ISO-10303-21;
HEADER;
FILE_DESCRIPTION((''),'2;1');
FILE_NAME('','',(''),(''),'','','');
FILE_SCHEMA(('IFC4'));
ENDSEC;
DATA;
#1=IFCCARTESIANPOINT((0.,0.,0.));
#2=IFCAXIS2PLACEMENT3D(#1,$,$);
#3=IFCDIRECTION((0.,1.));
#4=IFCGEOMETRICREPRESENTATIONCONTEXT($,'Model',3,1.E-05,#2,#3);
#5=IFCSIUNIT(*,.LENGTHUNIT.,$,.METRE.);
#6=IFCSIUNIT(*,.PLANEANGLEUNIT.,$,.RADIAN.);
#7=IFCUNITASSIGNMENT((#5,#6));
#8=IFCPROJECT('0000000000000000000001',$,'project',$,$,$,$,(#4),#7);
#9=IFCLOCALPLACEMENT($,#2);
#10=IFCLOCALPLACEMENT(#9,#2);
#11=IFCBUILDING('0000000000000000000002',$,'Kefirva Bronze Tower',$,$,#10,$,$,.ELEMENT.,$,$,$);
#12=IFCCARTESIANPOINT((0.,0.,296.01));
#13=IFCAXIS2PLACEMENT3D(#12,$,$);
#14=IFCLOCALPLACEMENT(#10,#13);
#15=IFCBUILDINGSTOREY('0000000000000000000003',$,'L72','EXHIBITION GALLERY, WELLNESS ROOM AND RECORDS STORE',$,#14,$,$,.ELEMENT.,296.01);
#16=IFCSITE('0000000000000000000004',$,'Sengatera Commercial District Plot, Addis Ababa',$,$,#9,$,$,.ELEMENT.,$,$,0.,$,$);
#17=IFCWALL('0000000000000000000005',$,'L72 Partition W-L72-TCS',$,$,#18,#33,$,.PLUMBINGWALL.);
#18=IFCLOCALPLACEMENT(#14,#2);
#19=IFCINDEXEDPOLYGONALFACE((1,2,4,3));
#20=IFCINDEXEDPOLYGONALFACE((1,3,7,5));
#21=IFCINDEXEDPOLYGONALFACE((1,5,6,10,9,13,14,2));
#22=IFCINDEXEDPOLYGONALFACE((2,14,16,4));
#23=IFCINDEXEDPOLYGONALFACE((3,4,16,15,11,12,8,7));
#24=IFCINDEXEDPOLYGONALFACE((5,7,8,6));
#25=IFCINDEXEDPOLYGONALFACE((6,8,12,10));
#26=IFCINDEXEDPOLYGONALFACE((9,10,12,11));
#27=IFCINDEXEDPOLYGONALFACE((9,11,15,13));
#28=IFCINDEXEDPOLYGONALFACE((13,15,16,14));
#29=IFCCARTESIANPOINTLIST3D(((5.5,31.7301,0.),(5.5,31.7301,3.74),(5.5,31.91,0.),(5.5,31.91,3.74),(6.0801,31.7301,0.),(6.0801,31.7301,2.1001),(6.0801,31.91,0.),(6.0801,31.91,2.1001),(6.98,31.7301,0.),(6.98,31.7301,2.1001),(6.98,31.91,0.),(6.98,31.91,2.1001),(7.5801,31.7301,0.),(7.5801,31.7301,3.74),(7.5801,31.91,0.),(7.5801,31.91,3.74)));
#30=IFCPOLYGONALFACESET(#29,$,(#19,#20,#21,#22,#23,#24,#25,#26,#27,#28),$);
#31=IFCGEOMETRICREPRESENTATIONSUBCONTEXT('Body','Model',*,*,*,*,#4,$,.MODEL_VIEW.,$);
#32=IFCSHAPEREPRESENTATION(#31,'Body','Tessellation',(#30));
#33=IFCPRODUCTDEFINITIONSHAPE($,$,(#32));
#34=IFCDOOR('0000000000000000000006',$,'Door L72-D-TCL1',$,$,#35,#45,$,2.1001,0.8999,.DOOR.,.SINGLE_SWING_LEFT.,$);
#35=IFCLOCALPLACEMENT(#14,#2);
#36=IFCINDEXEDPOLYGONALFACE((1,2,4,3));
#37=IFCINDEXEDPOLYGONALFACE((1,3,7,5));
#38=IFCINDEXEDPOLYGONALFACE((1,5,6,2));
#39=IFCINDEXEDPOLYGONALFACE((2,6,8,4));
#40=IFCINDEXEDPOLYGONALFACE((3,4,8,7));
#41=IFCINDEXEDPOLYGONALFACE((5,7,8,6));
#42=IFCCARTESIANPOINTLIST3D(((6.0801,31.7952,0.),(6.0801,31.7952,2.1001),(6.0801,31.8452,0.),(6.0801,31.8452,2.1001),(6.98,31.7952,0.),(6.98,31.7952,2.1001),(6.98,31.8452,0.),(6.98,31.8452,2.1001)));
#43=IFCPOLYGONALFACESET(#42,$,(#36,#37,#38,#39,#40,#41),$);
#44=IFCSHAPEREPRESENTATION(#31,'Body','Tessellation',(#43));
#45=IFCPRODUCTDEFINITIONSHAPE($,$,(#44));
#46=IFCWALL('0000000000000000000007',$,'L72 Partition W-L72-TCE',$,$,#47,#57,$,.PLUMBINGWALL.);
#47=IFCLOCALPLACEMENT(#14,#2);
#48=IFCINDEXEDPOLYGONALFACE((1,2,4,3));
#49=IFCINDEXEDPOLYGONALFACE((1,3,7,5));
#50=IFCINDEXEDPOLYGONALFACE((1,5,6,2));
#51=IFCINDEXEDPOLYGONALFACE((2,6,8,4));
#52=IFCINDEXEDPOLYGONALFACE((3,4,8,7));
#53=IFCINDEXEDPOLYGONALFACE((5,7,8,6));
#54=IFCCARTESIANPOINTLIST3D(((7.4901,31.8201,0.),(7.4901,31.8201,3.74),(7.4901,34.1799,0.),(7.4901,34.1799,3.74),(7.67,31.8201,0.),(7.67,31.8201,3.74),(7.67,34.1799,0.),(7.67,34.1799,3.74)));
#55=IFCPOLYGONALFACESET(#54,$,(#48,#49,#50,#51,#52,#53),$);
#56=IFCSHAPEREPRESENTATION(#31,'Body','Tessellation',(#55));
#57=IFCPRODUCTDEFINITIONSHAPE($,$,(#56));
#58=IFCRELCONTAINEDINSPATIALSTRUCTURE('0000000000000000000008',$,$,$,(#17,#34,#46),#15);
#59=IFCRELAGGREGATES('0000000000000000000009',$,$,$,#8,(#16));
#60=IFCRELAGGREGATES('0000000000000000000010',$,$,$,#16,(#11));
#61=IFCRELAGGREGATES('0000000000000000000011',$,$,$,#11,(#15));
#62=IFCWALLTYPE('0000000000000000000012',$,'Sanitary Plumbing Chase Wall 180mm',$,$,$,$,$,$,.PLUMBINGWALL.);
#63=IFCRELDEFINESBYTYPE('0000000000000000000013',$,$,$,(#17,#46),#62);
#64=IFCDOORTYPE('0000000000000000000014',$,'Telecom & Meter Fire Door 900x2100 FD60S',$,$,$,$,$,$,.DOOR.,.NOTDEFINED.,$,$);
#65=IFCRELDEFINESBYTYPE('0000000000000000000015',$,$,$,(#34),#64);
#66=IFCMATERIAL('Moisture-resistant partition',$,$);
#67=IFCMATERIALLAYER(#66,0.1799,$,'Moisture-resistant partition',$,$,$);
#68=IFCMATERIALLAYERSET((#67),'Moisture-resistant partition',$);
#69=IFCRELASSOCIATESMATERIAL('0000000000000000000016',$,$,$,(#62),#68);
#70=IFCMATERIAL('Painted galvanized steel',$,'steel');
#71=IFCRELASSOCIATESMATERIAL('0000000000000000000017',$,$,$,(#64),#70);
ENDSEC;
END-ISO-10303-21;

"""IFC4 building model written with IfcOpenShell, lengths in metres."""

from ifc_helpers import new_model, si_unit, direction, frame, frame_2d, origin, place, context, subcontext, project, spatial, rectangle, extrude, material, layer, layer_set, type_object, element, fill, save


model = new_model("IFC4")

# Units and contexts
model_context = context("Model", 3, precision=1e-05, world=origin(), true_north=direction((0.0, 1.0)))
body_context = subcontext(model_context, "Body", "Model", "MODEL_VIEW")
ifc_project = project(units=[si_unit("LENGTHUNIT", "METRE"), si_unit("PLANEANGLEUNIT", "RADIAN")], contexts=[model_context])

# Site, building, storey
site_placement = place(None, origin())
site = spatial("IfcSite", under=ifc_project, at=site_placement, Name="Sengatera Commercial District Plot, Addis Ababa", CompositionType="ELEMENT", RefElevation=0.0)
building_placement = place(site_placement, origin())
building = spatial("IfcBuilding", under=site, at=building_placement, Name="Kefirva Bronze Tower", CompositionType="ELEMENT")
storey_placement = place(building_placement, frame((0.0, 0.0, 296.01)))
storey = spatial("IfcBuildingStorey", under=building, at=storey_placement, Name="L72", Description="EXHIBITION GALLERY, WELLNESS ROOM AND RECORDS STORE", CompositionType="ELEMENT", Elevation=296.01)

# Wall, opening, door
ifc_material_1 = material(Name="Moisture-resistant partition")
ifc_layer_1 = layer(ifc_material_1, 0.1799, Name="Moisture-resistant partition")
ifc_layer_set_1 = layer_set([ifc_layer_1], Name="Moisture-resistant partition")
wall_type_1 = type_object("IfcWallType", Name="Sanitary Plumbing Chase Wall 180mm", PredefinedType="PLUMBINGWALL", material=ifc_layer_set_1)
wall_1_placement = place(storey_placement, frame((5.5, 31.8201, 0.0), z_axis=(0.0, 0.0, 1.0), x_axis=(1.0, 0.0, 0.0)))
wall_1 = element("IfcWall", 1, at=wall_1_placement, inside=storey, type_object=wall_type_1, Name="L72 Partition W-L72-TCS", PredefinedType="PLUMBINGWALL", context=body_context, shape_type="SweptSolid", body=[
    extrude(rectangle(XDim=2.0801, YDim=0.1799, at=frame_2d((1.04, 0.0))), origin(), (0.0, 0.0, 1.0), 3.74),
])
opening_1_placement = place(wall_1_placement, frame((1.48, 0.0, 0.0), z_axis=(0.0, 0.0, 1.0), x_axis=(-1.0, 0.0, 0.0)))
opening_1 = element("IfcOpeningElement", 2, at=opening_1_placement, cuts=wall_1, PredefinedType="OPENING", context=body_context, shape_type="SweptSolid", body=[
    extrude(rectangle(XDim=0.8999, YDim=2.1001, at=frame_2d((0.45, 1.05))), frame((0.0, 0.1001, 0.0), z_axis=(0.0, -1.0, 0.0), x_axis=(1.0, 0.0, 0.0)), (0.0, 0.0, 1.0), 0.2),
])
ifc_material_2 = material(Name="Painted galvanized steel", Category="steel")
door_type_1 = type_object("IfcDoorType", Name="Telecom & Meter Fire Door 900x2100 FD60S", OperationType="NOTDEFINED", PredefinedType="DOOR", material=ifc_material_2)
door_1_placement = place(opening_1_placement, origin())
door_1 = element("IfcDoor", 3, at=door_1_placement, inside=storey, type_object=door_type_1, Name="Door L72-D-TCL1", OperationType="SINGLE_SWING_LEFT", OverallHeight=2.1001, OverallWidth=0.8999, PredefinedType="DOOR", context=body_context, shape_type="SweptSolid", body=[
    extrude(rectangle(XDim=0.8999, YDim=2.1001, at=frame_2d((0.45, 1.05))), frame((0.0, 0.0249, 0.0), z_axis=(0.0, -1.0, 0.0), x_axis=(1.0, 0.0, 0.0)), (0.0, 0.0, 1.0), 0.05),
])
fill(opening_1, door_1)

# Wall
wall_2_placement = place(storey_placement, frame((7.5801, 31.8201, 0.0), z_axis=(0.0, 0.0, 1.0), x_axis=(0.0, 1.0, 0.0)))
element("IfcWall", 4, at=wall_2_placement, inside=storey, type_object=wall_type_1, Name="L72 Partition W-L72-TCE", PredefinedType="PLUMBINGWALL", context=body_context, shape_type="SweptSolid", body=[
    extrude(rectangle(XDim=2.3599, YDim=0.1799, at=frame_2d((1.1799, 0.0))), origin(), (0.0, 0.0, 1.0), 3.74),
])

save(model, "model.ifc")
